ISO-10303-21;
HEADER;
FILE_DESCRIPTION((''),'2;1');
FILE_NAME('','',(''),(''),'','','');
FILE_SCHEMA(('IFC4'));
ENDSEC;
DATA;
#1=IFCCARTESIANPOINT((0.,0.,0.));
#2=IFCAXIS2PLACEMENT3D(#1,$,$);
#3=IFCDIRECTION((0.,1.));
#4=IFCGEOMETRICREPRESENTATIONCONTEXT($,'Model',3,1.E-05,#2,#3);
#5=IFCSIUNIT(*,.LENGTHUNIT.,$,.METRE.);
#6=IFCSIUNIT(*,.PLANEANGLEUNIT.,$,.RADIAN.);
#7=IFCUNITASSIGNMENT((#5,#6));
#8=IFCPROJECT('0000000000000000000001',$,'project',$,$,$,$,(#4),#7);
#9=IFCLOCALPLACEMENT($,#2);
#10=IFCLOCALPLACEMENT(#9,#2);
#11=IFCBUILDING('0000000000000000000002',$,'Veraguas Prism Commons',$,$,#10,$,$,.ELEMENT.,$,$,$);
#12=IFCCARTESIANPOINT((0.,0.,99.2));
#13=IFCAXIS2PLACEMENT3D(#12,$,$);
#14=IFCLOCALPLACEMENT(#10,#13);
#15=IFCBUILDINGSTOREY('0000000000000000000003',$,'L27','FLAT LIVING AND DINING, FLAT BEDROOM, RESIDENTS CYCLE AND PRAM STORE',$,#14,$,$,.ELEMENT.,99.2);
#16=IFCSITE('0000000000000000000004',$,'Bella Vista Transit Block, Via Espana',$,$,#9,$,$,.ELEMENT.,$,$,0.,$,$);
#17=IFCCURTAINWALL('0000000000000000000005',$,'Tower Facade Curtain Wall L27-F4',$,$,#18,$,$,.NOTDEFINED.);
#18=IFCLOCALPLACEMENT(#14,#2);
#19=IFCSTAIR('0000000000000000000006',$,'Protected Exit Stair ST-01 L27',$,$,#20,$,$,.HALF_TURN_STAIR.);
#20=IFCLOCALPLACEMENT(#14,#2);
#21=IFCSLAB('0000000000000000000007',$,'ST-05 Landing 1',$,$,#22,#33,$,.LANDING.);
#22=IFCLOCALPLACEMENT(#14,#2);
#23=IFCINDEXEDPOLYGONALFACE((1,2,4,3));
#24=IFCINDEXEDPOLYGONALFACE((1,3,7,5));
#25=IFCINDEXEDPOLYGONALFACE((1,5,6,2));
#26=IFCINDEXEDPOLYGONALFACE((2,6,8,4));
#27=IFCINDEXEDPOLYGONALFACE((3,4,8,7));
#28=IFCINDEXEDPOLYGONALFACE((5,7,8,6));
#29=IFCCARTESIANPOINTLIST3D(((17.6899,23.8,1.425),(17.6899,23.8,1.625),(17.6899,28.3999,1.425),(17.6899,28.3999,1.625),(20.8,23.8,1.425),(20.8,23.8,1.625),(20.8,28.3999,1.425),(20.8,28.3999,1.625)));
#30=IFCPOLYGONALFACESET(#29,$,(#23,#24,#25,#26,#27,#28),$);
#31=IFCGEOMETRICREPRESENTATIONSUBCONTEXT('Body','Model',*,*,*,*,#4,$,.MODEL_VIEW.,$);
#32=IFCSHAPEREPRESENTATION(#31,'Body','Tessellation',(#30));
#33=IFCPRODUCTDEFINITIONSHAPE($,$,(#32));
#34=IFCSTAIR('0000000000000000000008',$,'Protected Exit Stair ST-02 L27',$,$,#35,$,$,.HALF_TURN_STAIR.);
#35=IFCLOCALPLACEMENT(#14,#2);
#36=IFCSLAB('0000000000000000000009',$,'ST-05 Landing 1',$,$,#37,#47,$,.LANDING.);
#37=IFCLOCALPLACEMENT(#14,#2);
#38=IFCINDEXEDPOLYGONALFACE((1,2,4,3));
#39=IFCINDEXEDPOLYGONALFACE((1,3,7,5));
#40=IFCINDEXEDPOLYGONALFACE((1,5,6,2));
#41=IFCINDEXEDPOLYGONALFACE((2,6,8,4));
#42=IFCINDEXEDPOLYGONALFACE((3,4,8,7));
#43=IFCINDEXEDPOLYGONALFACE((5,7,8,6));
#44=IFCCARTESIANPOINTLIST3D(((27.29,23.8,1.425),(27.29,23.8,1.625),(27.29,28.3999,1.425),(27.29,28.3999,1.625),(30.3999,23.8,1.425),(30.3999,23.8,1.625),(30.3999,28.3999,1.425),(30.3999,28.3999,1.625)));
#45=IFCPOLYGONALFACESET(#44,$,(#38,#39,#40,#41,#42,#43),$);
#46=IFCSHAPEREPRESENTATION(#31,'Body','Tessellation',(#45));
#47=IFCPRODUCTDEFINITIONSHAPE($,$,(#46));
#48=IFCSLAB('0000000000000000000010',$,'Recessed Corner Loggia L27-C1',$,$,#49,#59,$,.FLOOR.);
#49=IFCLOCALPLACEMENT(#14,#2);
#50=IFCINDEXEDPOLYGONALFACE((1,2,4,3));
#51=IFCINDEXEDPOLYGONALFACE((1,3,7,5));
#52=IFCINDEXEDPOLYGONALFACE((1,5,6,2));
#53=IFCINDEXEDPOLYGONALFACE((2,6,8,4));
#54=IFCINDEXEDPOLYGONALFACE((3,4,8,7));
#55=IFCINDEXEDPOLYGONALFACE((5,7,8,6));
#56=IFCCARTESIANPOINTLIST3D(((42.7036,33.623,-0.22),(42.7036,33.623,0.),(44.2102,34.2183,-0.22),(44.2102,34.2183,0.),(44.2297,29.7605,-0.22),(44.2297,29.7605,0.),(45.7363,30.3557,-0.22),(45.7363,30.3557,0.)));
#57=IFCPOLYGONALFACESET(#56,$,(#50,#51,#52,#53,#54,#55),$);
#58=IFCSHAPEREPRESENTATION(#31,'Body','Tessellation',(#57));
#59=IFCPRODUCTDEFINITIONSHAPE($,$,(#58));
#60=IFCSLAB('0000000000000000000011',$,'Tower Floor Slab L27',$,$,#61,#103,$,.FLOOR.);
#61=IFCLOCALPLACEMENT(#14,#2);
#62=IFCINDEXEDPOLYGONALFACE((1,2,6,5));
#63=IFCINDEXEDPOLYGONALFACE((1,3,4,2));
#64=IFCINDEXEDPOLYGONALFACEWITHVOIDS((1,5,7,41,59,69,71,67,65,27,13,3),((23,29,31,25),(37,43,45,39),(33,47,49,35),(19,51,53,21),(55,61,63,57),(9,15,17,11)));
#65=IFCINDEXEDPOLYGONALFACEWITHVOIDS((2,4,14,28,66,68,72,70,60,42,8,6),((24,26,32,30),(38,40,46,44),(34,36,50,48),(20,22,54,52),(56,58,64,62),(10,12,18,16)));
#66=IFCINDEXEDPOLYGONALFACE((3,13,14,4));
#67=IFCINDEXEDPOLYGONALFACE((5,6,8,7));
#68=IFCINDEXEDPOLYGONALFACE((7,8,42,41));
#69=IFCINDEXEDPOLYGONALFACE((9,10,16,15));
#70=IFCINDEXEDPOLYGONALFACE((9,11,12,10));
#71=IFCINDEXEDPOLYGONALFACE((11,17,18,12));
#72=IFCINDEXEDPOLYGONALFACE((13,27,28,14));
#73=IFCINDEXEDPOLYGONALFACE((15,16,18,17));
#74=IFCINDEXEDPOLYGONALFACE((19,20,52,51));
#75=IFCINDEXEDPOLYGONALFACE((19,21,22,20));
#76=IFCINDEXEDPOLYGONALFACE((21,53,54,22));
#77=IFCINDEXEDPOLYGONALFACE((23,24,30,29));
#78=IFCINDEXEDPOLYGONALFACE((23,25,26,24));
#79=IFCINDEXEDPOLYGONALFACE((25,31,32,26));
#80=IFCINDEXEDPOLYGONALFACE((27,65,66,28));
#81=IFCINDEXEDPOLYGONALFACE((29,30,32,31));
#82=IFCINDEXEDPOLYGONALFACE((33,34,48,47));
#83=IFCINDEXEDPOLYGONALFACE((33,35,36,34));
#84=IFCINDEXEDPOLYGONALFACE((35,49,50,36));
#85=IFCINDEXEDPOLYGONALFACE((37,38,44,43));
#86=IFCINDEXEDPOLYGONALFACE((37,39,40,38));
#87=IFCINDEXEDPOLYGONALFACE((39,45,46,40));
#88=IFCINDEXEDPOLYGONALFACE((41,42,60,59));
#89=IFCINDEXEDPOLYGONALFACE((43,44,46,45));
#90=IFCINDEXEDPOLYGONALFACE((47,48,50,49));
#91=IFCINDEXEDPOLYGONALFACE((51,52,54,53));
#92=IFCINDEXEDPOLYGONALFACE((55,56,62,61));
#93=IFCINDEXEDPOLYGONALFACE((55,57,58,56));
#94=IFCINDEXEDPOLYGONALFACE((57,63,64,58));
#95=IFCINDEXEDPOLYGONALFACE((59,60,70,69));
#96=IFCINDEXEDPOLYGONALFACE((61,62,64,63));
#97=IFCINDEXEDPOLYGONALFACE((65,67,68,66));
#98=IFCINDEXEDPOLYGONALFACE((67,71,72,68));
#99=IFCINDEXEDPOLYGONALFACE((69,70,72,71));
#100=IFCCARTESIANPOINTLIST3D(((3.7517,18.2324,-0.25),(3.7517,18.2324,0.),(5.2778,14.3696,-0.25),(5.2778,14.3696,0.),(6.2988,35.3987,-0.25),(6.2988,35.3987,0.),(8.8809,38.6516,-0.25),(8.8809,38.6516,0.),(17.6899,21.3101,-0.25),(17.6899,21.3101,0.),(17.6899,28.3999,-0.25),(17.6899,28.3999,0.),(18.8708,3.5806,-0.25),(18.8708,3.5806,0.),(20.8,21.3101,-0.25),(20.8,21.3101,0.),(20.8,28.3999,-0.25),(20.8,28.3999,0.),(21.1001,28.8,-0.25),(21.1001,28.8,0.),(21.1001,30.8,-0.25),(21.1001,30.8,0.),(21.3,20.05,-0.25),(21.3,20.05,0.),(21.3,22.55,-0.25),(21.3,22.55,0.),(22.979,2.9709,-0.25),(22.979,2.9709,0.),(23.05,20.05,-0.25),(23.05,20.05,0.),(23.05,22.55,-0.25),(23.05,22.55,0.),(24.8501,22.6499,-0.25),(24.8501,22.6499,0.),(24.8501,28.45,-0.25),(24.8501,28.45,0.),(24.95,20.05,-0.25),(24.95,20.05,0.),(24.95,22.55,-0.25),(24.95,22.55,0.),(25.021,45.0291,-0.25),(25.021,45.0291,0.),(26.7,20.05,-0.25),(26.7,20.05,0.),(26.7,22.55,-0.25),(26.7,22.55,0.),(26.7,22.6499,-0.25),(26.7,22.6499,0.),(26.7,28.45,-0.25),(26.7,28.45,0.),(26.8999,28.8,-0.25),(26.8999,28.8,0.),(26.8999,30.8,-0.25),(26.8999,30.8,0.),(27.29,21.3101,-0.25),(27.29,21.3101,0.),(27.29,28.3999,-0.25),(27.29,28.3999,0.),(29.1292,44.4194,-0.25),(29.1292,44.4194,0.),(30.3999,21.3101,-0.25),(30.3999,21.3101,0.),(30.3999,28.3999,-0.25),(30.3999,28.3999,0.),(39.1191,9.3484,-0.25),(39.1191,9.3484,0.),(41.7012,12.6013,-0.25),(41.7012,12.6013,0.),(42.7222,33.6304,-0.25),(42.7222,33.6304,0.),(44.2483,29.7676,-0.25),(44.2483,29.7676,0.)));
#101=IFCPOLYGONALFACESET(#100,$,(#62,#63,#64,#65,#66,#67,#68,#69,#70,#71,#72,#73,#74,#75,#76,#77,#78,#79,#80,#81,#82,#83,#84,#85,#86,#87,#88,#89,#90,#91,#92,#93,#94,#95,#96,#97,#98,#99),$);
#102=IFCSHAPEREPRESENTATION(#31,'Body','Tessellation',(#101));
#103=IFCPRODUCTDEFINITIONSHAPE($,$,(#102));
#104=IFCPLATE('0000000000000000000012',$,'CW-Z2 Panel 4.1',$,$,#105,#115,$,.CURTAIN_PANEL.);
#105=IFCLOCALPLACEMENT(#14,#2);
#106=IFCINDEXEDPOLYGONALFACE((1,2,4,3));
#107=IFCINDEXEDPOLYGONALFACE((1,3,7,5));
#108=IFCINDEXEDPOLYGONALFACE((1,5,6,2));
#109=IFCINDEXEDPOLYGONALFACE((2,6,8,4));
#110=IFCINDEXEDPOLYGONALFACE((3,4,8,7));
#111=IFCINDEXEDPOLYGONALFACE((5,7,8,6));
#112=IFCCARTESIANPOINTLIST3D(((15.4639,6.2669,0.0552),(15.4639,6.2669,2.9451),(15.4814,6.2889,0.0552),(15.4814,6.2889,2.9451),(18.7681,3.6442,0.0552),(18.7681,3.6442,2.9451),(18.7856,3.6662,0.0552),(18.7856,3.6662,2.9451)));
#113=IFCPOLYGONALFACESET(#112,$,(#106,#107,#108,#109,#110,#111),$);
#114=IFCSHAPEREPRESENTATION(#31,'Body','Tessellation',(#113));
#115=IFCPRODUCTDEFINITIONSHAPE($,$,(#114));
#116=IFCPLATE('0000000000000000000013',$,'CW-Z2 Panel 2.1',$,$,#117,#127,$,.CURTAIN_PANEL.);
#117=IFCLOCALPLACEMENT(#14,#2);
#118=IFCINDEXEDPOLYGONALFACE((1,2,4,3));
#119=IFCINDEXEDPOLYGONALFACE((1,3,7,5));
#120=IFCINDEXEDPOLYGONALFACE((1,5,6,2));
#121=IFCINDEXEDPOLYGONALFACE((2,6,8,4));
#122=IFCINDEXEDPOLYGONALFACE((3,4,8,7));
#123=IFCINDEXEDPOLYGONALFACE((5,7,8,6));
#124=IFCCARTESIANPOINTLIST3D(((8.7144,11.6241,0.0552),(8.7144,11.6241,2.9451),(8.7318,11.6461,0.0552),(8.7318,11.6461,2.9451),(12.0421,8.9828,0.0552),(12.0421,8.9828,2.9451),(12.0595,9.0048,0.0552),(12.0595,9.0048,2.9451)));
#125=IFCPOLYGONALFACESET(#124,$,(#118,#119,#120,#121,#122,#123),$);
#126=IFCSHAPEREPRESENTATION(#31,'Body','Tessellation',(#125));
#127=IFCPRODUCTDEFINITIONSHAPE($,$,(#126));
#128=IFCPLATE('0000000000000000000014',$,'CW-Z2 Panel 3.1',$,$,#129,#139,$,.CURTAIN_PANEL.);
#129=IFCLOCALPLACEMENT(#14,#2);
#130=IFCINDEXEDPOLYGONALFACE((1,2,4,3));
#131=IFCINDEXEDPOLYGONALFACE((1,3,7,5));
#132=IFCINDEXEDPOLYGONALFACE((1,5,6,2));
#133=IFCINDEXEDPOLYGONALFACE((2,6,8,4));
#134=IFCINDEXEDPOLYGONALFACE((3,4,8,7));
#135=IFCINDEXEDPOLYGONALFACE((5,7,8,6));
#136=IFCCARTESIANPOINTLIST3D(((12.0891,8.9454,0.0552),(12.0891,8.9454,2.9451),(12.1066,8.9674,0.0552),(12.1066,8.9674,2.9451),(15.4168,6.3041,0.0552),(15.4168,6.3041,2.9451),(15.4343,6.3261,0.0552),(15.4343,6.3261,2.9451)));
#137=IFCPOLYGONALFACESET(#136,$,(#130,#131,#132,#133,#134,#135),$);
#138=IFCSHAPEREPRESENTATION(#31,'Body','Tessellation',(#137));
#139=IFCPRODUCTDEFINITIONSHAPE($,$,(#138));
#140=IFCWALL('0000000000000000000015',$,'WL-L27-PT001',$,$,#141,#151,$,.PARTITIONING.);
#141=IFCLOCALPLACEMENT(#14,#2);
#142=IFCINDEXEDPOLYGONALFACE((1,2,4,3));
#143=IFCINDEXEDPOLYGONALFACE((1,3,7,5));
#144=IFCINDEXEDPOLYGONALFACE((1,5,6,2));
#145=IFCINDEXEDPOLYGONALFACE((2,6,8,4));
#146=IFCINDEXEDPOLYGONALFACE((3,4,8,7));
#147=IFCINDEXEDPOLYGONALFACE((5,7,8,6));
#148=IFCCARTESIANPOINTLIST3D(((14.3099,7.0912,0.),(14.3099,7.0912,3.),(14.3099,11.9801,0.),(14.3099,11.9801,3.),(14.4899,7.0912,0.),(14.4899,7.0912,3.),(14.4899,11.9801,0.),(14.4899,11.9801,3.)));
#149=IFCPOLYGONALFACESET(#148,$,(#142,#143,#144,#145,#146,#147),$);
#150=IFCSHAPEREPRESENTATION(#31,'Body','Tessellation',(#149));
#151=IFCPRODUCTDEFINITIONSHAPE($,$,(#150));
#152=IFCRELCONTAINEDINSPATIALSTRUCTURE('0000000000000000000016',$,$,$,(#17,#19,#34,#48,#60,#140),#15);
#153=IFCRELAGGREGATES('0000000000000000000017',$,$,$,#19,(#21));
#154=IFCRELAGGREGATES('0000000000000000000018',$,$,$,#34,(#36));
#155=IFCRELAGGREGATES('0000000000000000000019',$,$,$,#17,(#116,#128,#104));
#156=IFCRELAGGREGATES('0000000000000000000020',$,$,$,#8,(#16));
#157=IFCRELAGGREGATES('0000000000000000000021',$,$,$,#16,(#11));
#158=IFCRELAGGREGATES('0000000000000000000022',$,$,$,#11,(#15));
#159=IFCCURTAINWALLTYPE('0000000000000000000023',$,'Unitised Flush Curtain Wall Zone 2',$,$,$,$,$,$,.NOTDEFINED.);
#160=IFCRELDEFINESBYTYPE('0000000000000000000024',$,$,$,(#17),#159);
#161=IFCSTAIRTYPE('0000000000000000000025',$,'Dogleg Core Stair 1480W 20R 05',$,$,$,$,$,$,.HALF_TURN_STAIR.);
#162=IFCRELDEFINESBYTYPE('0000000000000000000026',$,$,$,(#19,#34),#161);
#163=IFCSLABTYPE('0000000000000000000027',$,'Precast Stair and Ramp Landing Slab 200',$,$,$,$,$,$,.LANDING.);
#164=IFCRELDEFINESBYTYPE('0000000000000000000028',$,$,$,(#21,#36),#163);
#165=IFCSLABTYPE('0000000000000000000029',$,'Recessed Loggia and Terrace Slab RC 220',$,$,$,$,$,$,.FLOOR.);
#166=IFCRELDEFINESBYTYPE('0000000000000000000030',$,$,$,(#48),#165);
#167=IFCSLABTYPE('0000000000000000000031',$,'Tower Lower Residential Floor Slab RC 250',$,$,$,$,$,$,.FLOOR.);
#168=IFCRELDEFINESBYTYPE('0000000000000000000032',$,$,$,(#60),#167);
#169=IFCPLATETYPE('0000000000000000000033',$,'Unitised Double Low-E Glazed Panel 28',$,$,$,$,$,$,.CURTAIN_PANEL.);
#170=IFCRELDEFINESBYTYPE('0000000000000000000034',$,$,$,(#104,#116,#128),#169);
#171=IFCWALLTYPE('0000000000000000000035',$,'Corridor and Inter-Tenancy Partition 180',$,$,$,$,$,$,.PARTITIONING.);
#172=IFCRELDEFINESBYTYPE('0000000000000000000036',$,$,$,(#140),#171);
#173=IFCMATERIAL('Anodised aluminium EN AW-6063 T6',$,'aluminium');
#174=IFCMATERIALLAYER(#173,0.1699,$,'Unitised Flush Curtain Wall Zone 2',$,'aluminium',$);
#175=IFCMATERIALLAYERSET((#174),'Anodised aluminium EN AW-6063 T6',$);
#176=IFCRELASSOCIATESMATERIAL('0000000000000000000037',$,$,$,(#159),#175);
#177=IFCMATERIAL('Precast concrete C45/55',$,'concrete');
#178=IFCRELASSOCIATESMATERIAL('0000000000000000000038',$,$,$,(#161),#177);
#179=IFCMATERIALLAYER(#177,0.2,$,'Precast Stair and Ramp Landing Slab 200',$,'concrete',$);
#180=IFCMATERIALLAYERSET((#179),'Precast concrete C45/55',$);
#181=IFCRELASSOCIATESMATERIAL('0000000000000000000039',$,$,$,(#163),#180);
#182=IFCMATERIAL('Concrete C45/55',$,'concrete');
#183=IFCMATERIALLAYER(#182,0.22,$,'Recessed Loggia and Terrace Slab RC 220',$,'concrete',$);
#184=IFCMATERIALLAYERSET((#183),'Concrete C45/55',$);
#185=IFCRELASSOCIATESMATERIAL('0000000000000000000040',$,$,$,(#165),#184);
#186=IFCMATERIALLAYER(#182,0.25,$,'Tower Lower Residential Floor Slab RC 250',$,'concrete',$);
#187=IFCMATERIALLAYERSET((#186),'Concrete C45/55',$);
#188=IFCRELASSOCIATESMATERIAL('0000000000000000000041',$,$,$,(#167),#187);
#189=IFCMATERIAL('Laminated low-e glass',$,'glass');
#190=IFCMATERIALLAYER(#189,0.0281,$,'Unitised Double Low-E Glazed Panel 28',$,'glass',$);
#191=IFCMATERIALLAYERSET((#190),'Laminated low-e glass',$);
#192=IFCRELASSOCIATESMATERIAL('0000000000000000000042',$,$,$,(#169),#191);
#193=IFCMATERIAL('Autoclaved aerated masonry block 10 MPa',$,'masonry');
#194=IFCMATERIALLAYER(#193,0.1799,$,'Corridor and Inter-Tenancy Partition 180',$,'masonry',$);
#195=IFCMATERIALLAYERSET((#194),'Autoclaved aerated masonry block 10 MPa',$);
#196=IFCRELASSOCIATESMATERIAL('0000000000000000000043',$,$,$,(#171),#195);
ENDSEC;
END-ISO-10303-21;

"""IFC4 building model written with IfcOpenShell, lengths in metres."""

from ifc_helpers import new_model, si_unit, direction, frame, frame_2d, origin, origin_2d, place, context, subcontext, project, spatial, polyline, rectangle, outline, extrude, source, transform, mapped, material, layer, layer_set, type_object, element, aggregate, save


model = new_model("IFC4")

# Units and contexts
model_context = context("Model", 3, precision=1e-05, world=origin(), true_north=direction((0.0, 1.0)))
body_context = subcontext(model_context, "Body", "Model", "MODEL_VIEW")
ifc_project = project(units=[si_unit("LENGTHUNIT", "METRE"), si_unit("PLANEANGLEUNIT", "RADIAN")], contexts=[model_context])

# Site, building, storey
site_placement = place(None, origin())
site = spatial("IfcSite", under=ifc_project, at=site_placement, Name="Bella Vista Transit Block, Via Espana", CompositionType="ELEMENT", RefElevation=0.0)
building_placement = place(site_placement, origin())
building = spatial("IfcBuilding", under=site, at=building_placement, Name="Veraguas Prism Commons", CompositionType="ELEMENT")
storey_placement = place(building_placement, frame((0.0, 0.0, 99.2)))
storey = spatial("IfcBuildingStorey", under=building, at=storey_placement, Name="L27", Description="FLAT LIVING AND DINING, FLAT BEDROOM, RESIDENTS CYCLE AND PRAM STORE", CompositionType="ELEMENT", Elevation=99.2)

# Curtain wall
ifc_material_1 = material(Name="Anodised aluminium EN AW-6063 T6", Category="aluminium")
ifc_layer_1 = layer(ifc_material_1, 0.1699, Name="Unitised Flush Curtain Wall Zone 2", Category="aluminium")
ifc_layer_set_1 = layer_set([ifc_layer_1], Name="Anodised aluminium EN AW-6063 T6")
curtain_wall_type = type_object("IfcCurtainWallType", Name="Unitised Flush Curtain Wall Zone 2", PredefinedType="NOTDEFINED", material=ifc_layer_set_1)
curtain_wall_1_placement = place(storey_placement, origin())
curtain_wall_1 = element("IfcCurtainWall", 1, at=curtain_wall_1_placement, inside=storey, type_object=curtain_wall_type, Name="Tower Facade Curtain Wall L27-F4", PredefinedType="NOTDEFINED")

# Stairs, slabs
ifc_material_2 = material(Name="Precast concrete C45/55", Category="concrete")
stair_type = type_object("IfcStairType", Name="Dogleg Core Stair 1480W 20R 05", PredefinedType="HALF_TURN_STAIR", material=ifc_material_2)
stair_1_placement = place(storey_placement, origin())
stair_1 = element("IfcStair", 2, at=stair_1_placement, inside=storey, type_object=stair_type, Name="Protected Exit Stair ST-01 L27", PredefinedType="HALF_TURN_STAIR")
ifc_layer_2 = layer(ifc_material_2, 0.2, Name="Precast Stair and Ramp Landing Slab 200", Category="concrete")
ifc_layer_set_2 = layer_set([ifc_layer_2], Name="Precast concrete C45/55")
slab_type_1 = type_object("IfcSlabType", Name="Precast Stair and Ramp Landing Slab 200", PredefinedType="LANDING", material=ifc_layer_set_2)
slab_1_placement = place(storey_placement, frame((0.0, 0.0, 1.425)))
slab_1 = element("IfcSlab", 3, at=slab_1_placement, type_object=slab_type_1, Name="ST-05 Landing 1", PredefinedType="LANDING", context=body_context, shape_type="SweptSolid", body=[
    extrude(outline(polyline([(20.8, 23.8), (20.8, 28.3999), (17.6899, 28.3999), (17.6899, 23.8), (20.8, 23.8)])), origin(), (0.0, 0.0, 1.0), 0.2),
])
aggregate(stair_1, [slab_1])
stair_2_placement = place(storey_placement, origin())
stair_2 = element("IfcStair", 4, at=stair_2_placement, inside=storey, type_object=stair_type, Name="Protected Exit Stair ST-02 L27", PredefinedType="HALF_TURN_STAIR")
slab_2_placement = place(storey_placement, frame((0.0, 0.0, 1.425)))
slab_2 = element("IfcSlab", 5, at=slab_2_placement, type_object=slab_type_1, Name="ST-05 Landing 1", PredefinedType="LANDING", context=body_context, shape_type="SweptSolid", body=[
    extrude(outline(polyline([(30.3999, 23.8), (30.3999, 28.3999), (27.29, 28.3999), (27.29, 23.8), (30.3999, 23.8)])), origin(), (0.0, 0.0, 1.0), 0.2),
])
aggregate(stair_2, [slab_2])

# Slabs
ifc_material_3 = material(Name="Concrete C45/55", Category="concrete")
ifc_layer_3 = layer(ifc_material_3, 0.22, Name="Recessed Loggia and Terrace Slab RC 220", Category="concrete")
ifc_layer_set_3 = layer_set([ifc_layer_3], Name="Concrete C45/55")
slab_type_2 = type_object("IfcSlabType", Name="Recessed Loggia and Terrace Slab RC 220", PredefinedType="FLOOR", material=ifc_layer_set_3)
slab_3_placement = place(storey_placement, frame((0.0, 0.0, -0.22)))
element("IfcSlab", 6, at=slab_3_placement, inside=storey, type_object=slab_type_2, Name="Recessed Corner Loggia L27-C1", PredefinedType="FLOOR", context=body_context, shape_type="SweptSolid", body=[
    extrude(outline(polyline([(44.2297, 29.7605), (45.7363, 30.3557), (44.2102, 34.2183), (42.7036, 33.623), (44.2297, 29.7605)])), origin(), (0.0, 0.0, 1.0), 0.22),
])
ifc_layer_4 = layer(ifc_material_3, 0.25, Name="Tower Lower Residential Floor Slab RC 250", Category="concrete")
ifc_layer_set_4 = layer_set([ifc_layer_4], Name="Concrete C45/55")
slab_type_3 = type_object("IfcSlabType", Name="Tower Lower Residential Floor Slab RC 250", PredefinedType="FLOOR", material=ifc_layer_set_4)
slab_4_placement = place(storey_placement, frame((0.0, 0.0, -0.25)))
element("IfcSlab", 7, at=slab_4_placement, inside=storey, type_object=slab_type_3, Name="Tower Floor Slab L27", PredefinedType="FLOOR", context=body_context, shape_type="SweptSolid", body=[
    extrude(outline(polyline([(44.2483, 29.7676), (42.7222, 33.6304), (29.1292, 44.4194), (25.021, 45.0291), (8.8809, 38.6516), (6.2988, 35.3987), (3.7517, 18.2324), (5.2778, 14.3696), (18.8708, 3.5806), (22.979, 2.9709), (39.1191, 9.3484), (41.7012, 12.6013), (44.2483, 29.7676)]), holes=[polyline([(20.8, 21.3101), (20.8, 28.3999), (17.6899, 28.3999), (17.6899, 21.3101), (20.8, 21.3101)]), polyline([(30.3999, 21.3101), (30.3999, 28.3999), (27.29, 28.3999), (27.29, 21.3101), (30.3999, 21.3101)]), polyline([(24.8501, 22.6499), (26.7, 22.6499), (26.7, 28.45), (24.8501, 28.45), (24.8501, 22.6499)]), polyline([(21.1001, 28.8), (26.8999, 28.8), (26.8999, 30.8), (21.1001, 30.8), (21.1001, 28.8)]), polyline([(21.3, 20.05), (23.05, 20.05), (23.05, 22.55), (21.3, 22.55), (21.3, 20.05)]), polyline([(24.95, 20.05), (26.7, 20.05), (26.7, 22.55), (24.95, 22.55), (24.95, 20.05)])]), origin(), (0.0, 0.0, 1.0), 0.25),
])

# Plates
ifc_material_4 = material(Name="Laminated low-e glass", Category="glass")
ifc_layer_5 = layer(ifc_material_4, 0.0281, Name="Unitised Double Low-E Glazed Panel 28", Category="glass")
ifc_layer_set_5 = layer_set([ifc_layer_5], Name="Laminated low-e glass")
plate_type = type_object("IfcPlateType", Name="Unitised Double Low-E Glazed Panel 28", PredefinedType="CURTAIN_PANEL", material=ifc_layer_set_5)
shared_shape_1 = source(origin(), body_context, "Body", "SweptSolid", [
    extrude(rectangle(XDim=4.2185, YDim=0.0281, at=origin_2d()), origin(), (0.0, 0.0, 1.0), 2.8899),
])
plate_1_placement = place(storey_placement, frame((17.1248, 4.9666, 0.0552), z_axis=(0.0, 0.0, 1.0), x_axis=(0.783261, -0.621693, 0.0)))
plate_1 = element("IfcPlate", 8, at=plate_1_placement, type_object=plate_type, Name="CW-Z2 Panel 4.1", PredefinedType="CURTAIN_PANEL", context=body_context, shape_type="MappedRepresentation", body=[
    mapped(shared_shape_1, transform((0.0, 0.0, 0.0), scale=1.0)),
])
shared_shape_2 = source(origin(), body_context, "Body", "SweptSolid", [
    extrude(rectangle(XDim=4.2485, YDim=0.0281, at=origin_2d()), origin(), (0.0, 0.0, 1.0), 2.8899),
])
plate_2_placement = place(storey_placement, frame((10.387, 10.3145, 0.0552), z_axis=(0.0, 0.0, 1.0), x_axis=(0.783261, -0.621693, 0.0)))
plate_2 = element("IfcPlate", 9, at=plate_2_placement, type_object=plate_type, Name="CW-Z2 Panel 2.1", PredefinedType="CURTAIN_PANEL", context=body_context, shape_type="MappedRepresentation", body=[
    mapped(shared_shape_2, transform((0.0, 0.0, 0.0), scale=1.0)),
])
plate_3_placement = place(storey_placement, frame((13.7617, 7.6357, 0.0552), z_axis=(0.0, 0.0, 1.0), x_axis=(0.783261, -0.621693, 0.0)))
plate_3 = element("IfcPlate", 10, at=plate_3_placement, type_object=plate_type, Name="CW-Z2 Panel 3.1", PredefinedType="CURTAIN_PANEL", context=body_context, shape_type="MappedRepresentation", body=[
    mapped(shared_shape_2, transform((0.0, 0.0, 0.0), scale=1.0)),
])
aggregate(curtain_wall_1, [plate_2, plate_3, plate_1])

# Wall
ifc_material_5 = material(Name="Autoclaved aerated masonry block 10 MPa", Category="masonry")
ifc_layer_6 = layer(ifc_material_5, 0.1799, Name="Corridor and Inter-Tenancy Partition 180", Category="masonry")
ifc_layer_set_6 = layer_set([ifc_layer_6], Name="Autoclaved aerated masonry block 10 MPa")
wall_type_1 = type_object("IfcWallType", Name="Corridor and Inter-Tenancy Partition 180", PredefinedType="PARTITIONING", material=ifc_layer_set_6)
wall_1_placement = place(storey_placement, frame((14.3999, 11.98, 0.0), z_axis=(0.0, 0.0, 1.0), x_axis=(0.0, -1.0, 0.0)))
element("IfcWall", 11, at=wall_1_placement, inside=storey, type_object=wall_type_1, Name="WL-L27-PT001", PredefinedType="PARTITIONING", context=body_context, shape_type="SweptSolid", body=[
    extrude(rectangle(XDim=4.8889, YDim=0.1799, at=frame_2d((2.4443, 0.0))), origin(), (0.0, 0.0, 1.0), 3.0),
])

save(model, "model.ifc")
